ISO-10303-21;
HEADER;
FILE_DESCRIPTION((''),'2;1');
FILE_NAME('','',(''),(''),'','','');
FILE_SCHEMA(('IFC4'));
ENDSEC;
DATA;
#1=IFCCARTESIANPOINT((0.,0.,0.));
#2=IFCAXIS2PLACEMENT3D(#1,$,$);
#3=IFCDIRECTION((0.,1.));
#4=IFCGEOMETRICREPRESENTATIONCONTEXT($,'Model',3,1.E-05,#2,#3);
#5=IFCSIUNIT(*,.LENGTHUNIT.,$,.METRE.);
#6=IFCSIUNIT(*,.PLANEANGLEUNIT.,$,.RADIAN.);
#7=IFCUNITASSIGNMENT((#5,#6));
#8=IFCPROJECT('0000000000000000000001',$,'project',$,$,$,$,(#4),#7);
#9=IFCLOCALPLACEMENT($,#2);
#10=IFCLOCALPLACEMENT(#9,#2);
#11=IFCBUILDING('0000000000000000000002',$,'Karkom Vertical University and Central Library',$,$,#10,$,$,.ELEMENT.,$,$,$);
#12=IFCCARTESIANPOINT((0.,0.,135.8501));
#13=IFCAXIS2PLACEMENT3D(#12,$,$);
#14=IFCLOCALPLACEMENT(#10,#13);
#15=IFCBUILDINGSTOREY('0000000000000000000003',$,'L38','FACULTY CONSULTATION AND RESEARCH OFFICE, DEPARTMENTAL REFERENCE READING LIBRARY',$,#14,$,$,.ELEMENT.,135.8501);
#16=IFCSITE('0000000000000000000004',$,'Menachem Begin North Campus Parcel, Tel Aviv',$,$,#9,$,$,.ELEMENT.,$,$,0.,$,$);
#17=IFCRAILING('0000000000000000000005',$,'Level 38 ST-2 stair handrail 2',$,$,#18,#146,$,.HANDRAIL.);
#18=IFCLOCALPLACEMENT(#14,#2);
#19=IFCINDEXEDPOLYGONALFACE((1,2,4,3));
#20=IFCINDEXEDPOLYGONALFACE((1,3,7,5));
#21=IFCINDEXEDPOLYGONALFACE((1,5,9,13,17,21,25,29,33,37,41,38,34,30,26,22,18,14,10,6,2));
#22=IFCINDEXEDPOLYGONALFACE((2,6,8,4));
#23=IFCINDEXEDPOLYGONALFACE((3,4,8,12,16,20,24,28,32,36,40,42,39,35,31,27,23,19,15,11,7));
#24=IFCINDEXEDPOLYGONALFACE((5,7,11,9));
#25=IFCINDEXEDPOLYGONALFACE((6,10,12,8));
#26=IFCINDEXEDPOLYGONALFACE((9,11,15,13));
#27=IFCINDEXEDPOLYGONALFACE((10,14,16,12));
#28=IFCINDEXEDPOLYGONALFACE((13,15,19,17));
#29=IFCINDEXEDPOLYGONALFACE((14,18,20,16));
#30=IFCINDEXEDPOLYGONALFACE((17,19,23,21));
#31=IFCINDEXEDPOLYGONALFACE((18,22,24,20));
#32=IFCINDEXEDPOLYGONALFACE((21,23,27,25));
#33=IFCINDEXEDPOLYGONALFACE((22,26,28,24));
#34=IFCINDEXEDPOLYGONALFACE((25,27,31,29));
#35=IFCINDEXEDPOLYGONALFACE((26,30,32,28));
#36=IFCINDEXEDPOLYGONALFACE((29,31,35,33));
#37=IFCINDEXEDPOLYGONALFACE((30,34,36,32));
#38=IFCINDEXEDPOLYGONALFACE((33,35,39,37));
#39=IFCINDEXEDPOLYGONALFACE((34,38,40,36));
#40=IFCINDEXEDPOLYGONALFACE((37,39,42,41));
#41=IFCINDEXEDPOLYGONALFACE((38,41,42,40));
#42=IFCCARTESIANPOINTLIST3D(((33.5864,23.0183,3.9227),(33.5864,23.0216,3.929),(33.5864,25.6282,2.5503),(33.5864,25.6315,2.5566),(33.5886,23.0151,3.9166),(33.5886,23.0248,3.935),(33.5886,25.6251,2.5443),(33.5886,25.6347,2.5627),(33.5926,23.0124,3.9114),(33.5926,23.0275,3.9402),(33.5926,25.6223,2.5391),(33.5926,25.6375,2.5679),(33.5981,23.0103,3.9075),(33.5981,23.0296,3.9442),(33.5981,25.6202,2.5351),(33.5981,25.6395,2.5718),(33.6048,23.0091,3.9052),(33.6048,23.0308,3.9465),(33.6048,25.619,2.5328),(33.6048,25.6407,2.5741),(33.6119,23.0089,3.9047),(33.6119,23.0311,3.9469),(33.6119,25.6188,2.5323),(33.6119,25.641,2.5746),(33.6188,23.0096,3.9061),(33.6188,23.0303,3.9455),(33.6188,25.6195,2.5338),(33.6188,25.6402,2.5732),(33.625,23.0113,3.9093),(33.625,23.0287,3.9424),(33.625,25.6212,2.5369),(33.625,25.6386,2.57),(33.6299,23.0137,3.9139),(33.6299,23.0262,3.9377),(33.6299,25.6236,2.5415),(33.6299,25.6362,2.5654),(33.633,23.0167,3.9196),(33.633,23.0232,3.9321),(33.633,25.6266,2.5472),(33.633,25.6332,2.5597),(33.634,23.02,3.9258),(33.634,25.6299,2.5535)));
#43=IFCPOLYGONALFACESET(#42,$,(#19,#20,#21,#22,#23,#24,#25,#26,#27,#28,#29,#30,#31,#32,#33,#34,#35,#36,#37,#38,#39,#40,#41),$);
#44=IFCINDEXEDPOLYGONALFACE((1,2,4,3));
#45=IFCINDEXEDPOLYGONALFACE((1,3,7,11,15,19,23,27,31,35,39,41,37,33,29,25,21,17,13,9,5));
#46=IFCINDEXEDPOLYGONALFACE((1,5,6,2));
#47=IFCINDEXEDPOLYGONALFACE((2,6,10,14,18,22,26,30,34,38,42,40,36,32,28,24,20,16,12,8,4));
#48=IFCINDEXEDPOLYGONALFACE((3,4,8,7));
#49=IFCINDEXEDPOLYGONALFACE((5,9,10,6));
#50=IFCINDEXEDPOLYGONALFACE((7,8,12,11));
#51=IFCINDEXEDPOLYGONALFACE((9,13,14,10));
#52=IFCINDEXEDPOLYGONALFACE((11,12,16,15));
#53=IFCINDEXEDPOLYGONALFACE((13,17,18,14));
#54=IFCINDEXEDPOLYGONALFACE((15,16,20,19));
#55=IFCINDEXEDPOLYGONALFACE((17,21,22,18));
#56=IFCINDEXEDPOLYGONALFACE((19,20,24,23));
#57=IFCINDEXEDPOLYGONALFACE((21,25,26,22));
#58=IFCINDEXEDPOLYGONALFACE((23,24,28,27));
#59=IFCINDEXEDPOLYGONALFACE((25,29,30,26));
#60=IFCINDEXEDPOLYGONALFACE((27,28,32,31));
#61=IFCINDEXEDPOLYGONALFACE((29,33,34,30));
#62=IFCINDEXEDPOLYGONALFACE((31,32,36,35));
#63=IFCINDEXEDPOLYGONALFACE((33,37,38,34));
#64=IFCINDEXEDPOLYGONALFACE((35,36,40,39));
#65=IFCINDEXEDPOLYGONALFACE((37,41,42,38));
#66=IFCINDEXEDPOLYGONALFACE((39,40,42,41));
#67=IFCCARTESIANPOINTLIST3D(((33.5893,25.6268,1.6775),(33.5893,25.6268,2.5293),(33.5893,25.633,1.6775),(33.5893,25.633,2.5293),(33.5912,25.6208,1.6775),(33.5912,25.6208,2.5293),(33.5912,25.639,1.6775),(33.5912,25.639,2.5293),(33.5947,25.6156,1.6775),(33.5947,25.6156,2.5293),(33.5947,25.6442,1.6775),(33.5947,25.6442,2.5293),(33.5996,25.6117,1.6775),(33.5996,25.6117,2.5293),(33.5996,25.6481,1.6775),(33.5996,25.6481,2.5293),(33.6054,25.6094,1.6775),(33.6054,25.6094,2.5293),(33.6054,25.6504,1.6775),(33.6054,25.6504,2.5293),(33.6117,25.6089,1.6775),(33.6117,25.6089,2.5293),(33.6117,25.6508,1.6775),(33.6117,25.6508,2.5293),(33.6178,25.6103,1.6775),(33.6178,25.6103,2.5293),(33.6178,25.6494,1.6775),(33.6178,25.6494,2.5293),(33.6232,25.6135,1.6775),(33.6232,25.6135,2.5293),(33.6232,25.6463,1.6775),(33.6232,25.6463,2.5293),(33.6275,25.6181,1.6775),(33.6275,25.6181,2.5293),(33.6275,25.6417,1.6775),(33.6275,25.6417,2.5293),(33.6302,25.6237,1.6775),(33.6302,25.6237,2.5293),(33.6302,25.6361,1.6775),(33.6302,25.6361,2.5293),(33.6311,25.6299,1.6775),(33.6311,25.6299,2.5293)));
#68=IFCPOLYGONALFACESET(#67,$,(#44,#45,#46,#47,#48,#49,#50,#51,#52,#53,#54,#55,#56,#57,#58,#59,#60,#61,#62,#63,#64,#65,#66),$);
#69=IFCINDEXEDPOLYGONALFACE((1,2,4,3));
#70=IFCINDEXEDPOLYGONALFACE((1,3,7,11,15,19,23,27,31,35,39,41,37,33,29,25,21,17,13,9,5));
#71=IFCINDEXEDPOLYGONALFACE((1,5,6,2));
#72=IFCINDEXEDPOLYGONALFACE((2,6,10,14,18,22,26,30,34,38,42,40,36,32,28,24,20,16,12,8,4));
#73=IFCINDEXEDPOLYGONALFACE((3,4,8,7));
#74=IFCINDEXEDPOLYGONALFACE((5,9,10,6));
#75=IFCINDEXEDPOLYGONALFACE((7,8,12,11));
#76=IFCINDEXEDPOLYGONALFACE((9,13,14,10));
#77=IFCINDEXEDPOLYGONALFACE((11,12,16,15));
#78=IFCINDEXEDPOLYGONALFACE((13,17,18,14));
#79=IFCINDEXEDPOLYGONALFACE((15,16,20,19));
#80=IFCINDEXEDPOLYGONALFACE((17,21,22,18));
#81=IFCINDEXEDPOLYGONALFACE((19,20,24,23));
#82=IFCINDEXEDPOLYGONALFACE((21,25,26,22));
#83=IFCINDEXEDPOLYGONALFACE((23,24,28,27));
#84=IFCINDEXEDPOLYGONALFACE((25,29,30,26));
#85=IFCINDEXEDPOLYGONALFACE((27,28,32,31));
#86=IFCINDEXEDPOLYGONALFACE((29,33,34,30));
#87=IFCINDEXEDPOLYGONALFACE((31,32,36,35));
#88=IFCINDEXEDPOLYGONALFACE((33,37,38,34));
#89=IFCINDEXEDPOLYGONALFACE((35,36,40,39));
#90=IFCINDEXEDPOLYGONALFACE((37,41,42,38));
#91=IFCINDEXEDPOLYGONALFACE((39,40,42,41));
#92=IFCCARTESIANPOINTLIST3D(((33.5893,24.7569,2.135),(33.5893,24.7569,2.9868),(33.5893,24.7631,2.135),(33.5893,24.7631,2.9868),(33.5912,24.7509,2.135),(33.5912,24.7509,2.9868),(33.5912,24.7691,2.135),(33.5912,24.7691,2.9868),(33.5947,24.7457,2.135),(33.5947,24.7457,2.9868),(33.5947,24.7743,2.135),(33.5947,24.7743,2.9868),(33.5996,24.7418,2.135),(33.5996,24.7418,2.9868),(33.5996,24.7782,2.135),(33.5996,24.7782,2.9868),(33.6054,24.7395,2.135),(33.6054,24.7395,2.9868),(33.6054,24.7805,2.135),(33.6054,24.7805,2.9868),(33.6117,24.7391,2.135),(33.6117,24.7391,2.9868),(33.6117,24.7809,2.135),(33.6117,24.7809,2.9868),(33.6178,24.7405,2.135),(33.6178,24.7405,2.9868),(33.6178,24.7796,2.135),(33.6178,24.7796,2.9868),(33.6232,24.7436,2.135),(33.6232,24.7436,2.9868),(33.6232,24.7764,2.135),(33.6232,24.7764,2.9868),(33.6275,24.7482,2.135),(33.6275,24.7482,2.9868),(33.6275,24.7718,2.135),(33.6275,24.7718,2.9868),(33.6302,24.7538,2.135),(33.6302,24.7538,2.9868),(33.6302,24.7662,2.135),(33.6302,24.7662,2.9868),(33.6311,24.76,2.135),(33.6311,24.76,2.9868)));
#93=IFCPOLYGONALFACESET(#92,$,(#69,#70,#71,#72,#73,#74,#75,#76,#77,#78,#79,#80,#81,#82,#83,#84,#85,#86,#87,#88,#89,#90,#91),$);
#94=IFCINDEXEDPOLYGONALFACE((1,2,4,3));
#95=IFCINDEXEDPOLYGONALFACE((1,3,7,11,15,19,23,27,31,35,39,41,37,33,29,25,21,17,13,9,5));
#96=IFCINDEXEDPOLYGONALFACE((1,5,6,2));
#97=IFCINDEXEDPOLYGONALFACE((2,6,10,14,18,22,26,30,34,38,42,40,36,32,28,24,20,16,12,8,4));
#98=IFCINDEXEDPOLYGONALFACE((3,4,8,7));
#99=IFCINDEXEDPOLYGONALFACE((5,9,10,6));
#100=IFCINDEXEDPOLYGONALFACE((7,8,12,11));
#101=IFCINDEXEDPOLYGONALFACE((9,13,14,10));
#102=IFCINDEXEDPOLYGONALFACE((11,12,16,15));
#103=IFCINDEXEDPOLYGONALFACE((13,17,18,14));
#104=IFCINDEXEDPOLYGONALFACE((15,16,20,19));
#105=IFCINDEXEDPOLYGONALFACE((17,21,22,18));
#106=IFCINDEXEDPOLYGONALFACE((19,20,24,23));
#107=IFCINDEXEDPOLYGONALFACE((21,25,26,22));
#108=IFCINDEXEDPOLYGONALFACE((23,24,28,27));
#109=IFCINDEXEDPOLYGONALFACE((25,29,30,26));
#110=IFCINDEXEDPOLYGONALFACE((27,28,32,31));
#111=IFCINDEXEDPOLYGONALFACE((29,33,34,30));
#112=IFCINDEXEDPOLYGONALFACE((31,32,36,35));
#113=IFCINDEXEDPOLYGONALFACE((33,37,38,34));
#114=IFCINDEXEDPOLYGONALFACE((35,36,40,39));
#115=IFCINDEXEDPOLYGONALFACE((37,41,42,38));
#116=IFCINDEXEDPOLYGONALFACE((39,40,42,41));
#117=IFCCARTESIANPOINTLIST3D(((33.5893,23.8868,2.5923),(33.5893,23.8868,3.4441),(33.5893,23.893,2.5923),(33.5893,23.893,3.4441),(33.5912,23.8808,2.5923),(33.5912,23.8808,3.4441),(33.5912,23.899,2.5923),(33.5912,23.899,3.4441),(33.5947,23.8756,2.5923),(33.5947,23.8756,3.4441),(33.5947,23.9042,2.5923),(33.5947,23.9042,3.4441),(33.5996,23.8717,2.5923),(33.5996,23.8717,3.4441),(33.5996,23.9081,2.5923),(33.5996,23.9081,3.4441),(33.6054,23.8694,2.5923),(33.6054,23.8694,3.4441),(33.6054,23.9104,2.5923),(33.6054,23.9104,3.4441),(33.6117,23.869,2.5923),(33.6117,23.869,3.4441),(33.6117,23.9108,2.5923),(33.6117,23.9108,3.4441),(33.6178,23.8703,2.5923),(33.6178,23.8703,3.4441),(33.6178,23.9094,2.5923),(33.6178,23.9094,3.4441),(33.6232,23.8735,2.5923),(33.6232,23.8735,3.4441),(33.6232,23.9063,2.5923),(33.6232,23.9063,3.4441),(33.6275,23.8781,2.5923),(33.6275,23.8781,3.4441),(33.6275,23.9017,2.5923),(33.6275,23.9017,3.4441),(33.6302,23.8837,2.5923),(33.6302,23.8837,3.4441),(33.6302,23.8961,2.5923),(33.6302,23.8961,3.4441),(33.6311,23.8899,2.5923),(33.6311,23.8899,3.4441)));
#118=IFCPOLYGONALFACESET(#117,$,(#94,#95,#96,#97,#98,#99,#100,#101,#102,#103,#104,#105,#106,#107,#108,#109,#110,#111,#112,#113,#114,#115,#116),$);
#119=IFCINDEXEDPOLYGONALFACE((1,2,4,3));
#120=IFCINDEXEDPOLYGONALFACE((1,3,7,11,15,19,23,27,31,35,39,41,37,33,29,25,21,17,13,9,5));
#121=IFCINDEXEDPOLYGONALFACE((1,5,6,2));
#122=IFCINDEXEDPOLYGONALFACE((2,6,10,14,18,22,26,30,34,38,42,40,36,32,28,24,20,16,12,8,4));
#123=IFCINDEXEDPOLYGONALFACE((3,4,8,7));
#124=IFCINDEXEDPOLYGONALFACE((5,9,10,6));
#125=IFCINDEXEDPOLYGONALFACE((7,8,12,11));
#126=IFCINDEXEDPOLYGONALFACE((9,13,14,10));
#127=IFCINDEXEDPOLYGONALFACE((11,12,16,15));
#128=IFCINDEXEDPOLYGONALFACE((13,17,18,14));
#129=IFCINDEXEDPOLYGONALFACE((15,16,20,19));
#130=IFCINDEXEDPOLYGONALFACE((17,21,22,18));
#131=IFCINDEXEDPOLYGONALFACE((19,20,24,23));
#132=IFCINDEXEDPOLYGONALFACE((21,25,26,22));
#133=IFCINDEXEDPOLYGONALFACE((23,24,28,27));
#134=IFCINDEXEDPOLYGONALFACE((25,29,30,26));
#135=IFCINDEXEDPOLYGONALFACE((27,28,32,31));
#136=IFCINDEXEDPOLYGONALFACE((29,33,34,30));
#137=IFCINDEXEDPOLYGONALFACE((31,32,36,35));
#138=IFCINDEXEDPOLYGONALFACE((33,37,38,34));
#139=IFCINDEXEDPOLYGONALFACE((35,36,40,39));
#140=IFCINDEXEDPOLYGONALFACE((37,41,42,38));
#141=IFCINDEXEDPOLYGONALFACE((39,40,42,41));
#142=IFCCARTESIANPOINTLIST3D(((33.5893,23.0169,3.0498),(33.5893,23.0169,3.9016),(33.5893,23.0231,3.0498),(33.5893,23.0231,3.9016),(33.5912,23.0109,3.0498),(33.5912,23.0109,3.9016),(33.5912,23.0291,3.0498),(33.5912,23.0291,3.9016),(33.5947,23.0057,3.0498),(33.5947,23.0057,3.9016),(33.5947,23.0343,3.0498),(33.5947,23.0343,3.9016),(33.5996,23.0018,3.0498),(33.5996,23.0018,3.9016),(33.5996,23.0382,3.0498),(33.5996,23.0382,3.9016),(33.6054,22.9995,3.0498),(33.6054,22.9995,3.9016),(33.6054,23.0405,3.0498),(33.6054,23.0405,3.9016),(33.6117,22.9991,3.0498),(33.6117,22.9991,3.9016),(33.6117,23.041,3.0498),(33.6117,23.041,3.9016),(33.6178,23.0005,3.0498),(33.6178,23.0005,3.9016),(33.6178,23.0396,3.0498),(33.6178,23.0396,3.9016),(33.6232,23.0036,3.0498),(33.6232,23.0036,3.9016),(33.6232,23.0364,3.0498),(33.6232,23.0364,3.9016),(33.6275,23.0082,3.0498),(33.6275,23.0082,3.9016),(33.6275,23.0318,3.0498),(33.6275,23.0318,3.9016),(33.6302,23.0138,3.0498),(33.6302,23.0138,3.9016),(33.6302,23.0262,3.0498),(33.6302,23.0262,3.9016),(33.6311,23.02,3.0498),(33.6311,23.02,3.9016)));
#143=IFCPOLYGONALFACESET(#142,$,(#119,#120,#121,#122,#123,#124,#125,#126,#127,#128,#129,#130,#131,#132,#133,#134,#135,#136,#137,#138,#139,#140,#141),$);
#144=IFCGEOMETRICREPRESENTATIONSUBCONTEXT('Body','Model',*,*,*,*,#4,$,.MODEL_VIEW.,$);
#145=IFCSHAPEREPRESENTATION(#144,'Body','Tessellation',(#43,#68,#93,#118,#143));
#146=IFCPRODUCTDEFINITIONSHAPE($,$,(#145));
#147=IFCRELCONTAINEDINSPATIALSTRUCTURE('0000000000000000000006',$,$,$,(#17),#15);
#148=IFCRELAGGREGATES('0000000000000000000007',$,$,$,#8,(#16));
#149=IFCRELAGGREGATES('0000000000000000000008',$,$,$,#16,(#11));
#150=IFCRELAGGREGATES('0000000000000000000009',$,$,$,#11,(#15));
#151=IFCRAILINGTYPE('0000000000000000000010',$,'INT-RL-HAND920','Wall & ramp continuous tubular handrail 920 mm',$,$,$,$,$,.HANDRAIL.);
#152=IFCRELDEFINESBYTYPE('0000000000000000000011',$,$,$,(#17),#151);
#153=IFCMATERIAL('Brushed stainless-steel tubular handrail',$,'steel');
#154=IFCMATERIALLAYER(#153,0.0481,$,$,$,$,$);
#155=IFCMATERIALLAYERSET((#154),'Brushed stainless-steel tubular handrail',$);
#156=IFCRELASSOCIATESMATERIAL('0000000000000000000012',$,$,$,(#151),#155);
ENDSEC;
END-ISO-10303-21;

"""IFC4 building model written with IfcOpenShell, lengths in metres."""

from ifc_helpers import new_model, si_unit, direction, frame, origin, origin_2d, place, context, subcontext, project, spatial, circle, extrude, material, layer, layer_set, type_object, element, save


model = new_model("IFC4")

# Units and contexts
model_context = context("Model", 3, precision=1e-05, world=origin(), true_north=direction((0.0, 1.0)))
body_context = subcontext(model_context, "Body", "Model", "MODEL_VIEW")
ifc_project = project(units=[si_unit("LENGTHUNIT", "METRE"), si_unit("PLANEANGLEUNIT", "RADIAN")], contexts=[model_context])

# Site, building, storey
site_placement = place(None, origin())
site = spatial("IfcSite", under=ifc_project, at=site_placement, Name="Menachem Begin North Campus Parcel, Tel Aviv", CompositionType="ELEMENT", RefElevation=0.0)
building_placement = place(site_placement, origin())
building = spatial("IfcBuilding", under=site, at=building_placement, Name="Karkom Vertical University and Central Library", CompositionType="ELEMENT")
storey_placement = place(building_placement, frame((0.0, 0.0, 135.8501)))
storey = spatial("IfcBuildingStorey", under=building, at=storey_placement, Name="L38", Description="FACULTY CONSULTATION AND RESEARCH OFFICE, DEPARTMENTAL REFERENCE READING LIBRARY", CompositionType="ELEMENT", Elevation=135.8501)

# Railing
ifc_material_1 = material(Name="Brushed stainless-steel tubular handrail", Category="steel")
ifc_layer_1 = layer(ifc_material_1, 0.0481)
ifc_layer_set_1 = layer_set([ifc_layer_1], Name="Brushed stainless-steel tubular handrail")
railing_type_1 = type_object("IfcRailingType", Name="INT-RL-HAND920", Description="Wall & ramp continuous tubular handrail 920 mm", PredefinedType="HANDRAIL", material=ifc_layer_set_1)
railing_1_placement = place(storey_placement, frame((33.6101, 25.6299, 1.6775)))
element("IfcRailing", 1, at=railing_1_placement, inside=storey, type_object=railing_type_1, Name="Level 38 ST-2 stair handrail 2", PredefinedType="HANDRAIL", context=body_context, shape_type="SweptSolid", body=[
    extrude(circle(Radius=0.0239, at=origin_2d()), frame((0.0, 0.0, 0.876), z_axis=(0.0, -0.8851, 0.465402), x_axis=(1.0, 0.0, 0.0)), (0.0, 0.0, 1.0), 2.9487),
    extrude(circle(Radius=0.021, at=origin_2d()), origin(), (0.0, 0.0, 1.0), 0.8518),
    extrude(circle(Radius=0.021, at=origin_2d()), frame((0.0, -0.8699, 0.4575)), (0.0, 0.0, 1.0), 0.8518),
    extrude(circle(Radius=0.021, at=origin_2d()), frame((0.0, -1.74, 0.9148)), (0.0, 0.0, 1.0), 0.8518),
    extrude(circle(Radius=0.021, at=origin_2d()), frame((0.0, -2.6099, 1.3723)), (0.0, 0.0, 1.0), 0.8518),
])

save(model, "model.ifc")
